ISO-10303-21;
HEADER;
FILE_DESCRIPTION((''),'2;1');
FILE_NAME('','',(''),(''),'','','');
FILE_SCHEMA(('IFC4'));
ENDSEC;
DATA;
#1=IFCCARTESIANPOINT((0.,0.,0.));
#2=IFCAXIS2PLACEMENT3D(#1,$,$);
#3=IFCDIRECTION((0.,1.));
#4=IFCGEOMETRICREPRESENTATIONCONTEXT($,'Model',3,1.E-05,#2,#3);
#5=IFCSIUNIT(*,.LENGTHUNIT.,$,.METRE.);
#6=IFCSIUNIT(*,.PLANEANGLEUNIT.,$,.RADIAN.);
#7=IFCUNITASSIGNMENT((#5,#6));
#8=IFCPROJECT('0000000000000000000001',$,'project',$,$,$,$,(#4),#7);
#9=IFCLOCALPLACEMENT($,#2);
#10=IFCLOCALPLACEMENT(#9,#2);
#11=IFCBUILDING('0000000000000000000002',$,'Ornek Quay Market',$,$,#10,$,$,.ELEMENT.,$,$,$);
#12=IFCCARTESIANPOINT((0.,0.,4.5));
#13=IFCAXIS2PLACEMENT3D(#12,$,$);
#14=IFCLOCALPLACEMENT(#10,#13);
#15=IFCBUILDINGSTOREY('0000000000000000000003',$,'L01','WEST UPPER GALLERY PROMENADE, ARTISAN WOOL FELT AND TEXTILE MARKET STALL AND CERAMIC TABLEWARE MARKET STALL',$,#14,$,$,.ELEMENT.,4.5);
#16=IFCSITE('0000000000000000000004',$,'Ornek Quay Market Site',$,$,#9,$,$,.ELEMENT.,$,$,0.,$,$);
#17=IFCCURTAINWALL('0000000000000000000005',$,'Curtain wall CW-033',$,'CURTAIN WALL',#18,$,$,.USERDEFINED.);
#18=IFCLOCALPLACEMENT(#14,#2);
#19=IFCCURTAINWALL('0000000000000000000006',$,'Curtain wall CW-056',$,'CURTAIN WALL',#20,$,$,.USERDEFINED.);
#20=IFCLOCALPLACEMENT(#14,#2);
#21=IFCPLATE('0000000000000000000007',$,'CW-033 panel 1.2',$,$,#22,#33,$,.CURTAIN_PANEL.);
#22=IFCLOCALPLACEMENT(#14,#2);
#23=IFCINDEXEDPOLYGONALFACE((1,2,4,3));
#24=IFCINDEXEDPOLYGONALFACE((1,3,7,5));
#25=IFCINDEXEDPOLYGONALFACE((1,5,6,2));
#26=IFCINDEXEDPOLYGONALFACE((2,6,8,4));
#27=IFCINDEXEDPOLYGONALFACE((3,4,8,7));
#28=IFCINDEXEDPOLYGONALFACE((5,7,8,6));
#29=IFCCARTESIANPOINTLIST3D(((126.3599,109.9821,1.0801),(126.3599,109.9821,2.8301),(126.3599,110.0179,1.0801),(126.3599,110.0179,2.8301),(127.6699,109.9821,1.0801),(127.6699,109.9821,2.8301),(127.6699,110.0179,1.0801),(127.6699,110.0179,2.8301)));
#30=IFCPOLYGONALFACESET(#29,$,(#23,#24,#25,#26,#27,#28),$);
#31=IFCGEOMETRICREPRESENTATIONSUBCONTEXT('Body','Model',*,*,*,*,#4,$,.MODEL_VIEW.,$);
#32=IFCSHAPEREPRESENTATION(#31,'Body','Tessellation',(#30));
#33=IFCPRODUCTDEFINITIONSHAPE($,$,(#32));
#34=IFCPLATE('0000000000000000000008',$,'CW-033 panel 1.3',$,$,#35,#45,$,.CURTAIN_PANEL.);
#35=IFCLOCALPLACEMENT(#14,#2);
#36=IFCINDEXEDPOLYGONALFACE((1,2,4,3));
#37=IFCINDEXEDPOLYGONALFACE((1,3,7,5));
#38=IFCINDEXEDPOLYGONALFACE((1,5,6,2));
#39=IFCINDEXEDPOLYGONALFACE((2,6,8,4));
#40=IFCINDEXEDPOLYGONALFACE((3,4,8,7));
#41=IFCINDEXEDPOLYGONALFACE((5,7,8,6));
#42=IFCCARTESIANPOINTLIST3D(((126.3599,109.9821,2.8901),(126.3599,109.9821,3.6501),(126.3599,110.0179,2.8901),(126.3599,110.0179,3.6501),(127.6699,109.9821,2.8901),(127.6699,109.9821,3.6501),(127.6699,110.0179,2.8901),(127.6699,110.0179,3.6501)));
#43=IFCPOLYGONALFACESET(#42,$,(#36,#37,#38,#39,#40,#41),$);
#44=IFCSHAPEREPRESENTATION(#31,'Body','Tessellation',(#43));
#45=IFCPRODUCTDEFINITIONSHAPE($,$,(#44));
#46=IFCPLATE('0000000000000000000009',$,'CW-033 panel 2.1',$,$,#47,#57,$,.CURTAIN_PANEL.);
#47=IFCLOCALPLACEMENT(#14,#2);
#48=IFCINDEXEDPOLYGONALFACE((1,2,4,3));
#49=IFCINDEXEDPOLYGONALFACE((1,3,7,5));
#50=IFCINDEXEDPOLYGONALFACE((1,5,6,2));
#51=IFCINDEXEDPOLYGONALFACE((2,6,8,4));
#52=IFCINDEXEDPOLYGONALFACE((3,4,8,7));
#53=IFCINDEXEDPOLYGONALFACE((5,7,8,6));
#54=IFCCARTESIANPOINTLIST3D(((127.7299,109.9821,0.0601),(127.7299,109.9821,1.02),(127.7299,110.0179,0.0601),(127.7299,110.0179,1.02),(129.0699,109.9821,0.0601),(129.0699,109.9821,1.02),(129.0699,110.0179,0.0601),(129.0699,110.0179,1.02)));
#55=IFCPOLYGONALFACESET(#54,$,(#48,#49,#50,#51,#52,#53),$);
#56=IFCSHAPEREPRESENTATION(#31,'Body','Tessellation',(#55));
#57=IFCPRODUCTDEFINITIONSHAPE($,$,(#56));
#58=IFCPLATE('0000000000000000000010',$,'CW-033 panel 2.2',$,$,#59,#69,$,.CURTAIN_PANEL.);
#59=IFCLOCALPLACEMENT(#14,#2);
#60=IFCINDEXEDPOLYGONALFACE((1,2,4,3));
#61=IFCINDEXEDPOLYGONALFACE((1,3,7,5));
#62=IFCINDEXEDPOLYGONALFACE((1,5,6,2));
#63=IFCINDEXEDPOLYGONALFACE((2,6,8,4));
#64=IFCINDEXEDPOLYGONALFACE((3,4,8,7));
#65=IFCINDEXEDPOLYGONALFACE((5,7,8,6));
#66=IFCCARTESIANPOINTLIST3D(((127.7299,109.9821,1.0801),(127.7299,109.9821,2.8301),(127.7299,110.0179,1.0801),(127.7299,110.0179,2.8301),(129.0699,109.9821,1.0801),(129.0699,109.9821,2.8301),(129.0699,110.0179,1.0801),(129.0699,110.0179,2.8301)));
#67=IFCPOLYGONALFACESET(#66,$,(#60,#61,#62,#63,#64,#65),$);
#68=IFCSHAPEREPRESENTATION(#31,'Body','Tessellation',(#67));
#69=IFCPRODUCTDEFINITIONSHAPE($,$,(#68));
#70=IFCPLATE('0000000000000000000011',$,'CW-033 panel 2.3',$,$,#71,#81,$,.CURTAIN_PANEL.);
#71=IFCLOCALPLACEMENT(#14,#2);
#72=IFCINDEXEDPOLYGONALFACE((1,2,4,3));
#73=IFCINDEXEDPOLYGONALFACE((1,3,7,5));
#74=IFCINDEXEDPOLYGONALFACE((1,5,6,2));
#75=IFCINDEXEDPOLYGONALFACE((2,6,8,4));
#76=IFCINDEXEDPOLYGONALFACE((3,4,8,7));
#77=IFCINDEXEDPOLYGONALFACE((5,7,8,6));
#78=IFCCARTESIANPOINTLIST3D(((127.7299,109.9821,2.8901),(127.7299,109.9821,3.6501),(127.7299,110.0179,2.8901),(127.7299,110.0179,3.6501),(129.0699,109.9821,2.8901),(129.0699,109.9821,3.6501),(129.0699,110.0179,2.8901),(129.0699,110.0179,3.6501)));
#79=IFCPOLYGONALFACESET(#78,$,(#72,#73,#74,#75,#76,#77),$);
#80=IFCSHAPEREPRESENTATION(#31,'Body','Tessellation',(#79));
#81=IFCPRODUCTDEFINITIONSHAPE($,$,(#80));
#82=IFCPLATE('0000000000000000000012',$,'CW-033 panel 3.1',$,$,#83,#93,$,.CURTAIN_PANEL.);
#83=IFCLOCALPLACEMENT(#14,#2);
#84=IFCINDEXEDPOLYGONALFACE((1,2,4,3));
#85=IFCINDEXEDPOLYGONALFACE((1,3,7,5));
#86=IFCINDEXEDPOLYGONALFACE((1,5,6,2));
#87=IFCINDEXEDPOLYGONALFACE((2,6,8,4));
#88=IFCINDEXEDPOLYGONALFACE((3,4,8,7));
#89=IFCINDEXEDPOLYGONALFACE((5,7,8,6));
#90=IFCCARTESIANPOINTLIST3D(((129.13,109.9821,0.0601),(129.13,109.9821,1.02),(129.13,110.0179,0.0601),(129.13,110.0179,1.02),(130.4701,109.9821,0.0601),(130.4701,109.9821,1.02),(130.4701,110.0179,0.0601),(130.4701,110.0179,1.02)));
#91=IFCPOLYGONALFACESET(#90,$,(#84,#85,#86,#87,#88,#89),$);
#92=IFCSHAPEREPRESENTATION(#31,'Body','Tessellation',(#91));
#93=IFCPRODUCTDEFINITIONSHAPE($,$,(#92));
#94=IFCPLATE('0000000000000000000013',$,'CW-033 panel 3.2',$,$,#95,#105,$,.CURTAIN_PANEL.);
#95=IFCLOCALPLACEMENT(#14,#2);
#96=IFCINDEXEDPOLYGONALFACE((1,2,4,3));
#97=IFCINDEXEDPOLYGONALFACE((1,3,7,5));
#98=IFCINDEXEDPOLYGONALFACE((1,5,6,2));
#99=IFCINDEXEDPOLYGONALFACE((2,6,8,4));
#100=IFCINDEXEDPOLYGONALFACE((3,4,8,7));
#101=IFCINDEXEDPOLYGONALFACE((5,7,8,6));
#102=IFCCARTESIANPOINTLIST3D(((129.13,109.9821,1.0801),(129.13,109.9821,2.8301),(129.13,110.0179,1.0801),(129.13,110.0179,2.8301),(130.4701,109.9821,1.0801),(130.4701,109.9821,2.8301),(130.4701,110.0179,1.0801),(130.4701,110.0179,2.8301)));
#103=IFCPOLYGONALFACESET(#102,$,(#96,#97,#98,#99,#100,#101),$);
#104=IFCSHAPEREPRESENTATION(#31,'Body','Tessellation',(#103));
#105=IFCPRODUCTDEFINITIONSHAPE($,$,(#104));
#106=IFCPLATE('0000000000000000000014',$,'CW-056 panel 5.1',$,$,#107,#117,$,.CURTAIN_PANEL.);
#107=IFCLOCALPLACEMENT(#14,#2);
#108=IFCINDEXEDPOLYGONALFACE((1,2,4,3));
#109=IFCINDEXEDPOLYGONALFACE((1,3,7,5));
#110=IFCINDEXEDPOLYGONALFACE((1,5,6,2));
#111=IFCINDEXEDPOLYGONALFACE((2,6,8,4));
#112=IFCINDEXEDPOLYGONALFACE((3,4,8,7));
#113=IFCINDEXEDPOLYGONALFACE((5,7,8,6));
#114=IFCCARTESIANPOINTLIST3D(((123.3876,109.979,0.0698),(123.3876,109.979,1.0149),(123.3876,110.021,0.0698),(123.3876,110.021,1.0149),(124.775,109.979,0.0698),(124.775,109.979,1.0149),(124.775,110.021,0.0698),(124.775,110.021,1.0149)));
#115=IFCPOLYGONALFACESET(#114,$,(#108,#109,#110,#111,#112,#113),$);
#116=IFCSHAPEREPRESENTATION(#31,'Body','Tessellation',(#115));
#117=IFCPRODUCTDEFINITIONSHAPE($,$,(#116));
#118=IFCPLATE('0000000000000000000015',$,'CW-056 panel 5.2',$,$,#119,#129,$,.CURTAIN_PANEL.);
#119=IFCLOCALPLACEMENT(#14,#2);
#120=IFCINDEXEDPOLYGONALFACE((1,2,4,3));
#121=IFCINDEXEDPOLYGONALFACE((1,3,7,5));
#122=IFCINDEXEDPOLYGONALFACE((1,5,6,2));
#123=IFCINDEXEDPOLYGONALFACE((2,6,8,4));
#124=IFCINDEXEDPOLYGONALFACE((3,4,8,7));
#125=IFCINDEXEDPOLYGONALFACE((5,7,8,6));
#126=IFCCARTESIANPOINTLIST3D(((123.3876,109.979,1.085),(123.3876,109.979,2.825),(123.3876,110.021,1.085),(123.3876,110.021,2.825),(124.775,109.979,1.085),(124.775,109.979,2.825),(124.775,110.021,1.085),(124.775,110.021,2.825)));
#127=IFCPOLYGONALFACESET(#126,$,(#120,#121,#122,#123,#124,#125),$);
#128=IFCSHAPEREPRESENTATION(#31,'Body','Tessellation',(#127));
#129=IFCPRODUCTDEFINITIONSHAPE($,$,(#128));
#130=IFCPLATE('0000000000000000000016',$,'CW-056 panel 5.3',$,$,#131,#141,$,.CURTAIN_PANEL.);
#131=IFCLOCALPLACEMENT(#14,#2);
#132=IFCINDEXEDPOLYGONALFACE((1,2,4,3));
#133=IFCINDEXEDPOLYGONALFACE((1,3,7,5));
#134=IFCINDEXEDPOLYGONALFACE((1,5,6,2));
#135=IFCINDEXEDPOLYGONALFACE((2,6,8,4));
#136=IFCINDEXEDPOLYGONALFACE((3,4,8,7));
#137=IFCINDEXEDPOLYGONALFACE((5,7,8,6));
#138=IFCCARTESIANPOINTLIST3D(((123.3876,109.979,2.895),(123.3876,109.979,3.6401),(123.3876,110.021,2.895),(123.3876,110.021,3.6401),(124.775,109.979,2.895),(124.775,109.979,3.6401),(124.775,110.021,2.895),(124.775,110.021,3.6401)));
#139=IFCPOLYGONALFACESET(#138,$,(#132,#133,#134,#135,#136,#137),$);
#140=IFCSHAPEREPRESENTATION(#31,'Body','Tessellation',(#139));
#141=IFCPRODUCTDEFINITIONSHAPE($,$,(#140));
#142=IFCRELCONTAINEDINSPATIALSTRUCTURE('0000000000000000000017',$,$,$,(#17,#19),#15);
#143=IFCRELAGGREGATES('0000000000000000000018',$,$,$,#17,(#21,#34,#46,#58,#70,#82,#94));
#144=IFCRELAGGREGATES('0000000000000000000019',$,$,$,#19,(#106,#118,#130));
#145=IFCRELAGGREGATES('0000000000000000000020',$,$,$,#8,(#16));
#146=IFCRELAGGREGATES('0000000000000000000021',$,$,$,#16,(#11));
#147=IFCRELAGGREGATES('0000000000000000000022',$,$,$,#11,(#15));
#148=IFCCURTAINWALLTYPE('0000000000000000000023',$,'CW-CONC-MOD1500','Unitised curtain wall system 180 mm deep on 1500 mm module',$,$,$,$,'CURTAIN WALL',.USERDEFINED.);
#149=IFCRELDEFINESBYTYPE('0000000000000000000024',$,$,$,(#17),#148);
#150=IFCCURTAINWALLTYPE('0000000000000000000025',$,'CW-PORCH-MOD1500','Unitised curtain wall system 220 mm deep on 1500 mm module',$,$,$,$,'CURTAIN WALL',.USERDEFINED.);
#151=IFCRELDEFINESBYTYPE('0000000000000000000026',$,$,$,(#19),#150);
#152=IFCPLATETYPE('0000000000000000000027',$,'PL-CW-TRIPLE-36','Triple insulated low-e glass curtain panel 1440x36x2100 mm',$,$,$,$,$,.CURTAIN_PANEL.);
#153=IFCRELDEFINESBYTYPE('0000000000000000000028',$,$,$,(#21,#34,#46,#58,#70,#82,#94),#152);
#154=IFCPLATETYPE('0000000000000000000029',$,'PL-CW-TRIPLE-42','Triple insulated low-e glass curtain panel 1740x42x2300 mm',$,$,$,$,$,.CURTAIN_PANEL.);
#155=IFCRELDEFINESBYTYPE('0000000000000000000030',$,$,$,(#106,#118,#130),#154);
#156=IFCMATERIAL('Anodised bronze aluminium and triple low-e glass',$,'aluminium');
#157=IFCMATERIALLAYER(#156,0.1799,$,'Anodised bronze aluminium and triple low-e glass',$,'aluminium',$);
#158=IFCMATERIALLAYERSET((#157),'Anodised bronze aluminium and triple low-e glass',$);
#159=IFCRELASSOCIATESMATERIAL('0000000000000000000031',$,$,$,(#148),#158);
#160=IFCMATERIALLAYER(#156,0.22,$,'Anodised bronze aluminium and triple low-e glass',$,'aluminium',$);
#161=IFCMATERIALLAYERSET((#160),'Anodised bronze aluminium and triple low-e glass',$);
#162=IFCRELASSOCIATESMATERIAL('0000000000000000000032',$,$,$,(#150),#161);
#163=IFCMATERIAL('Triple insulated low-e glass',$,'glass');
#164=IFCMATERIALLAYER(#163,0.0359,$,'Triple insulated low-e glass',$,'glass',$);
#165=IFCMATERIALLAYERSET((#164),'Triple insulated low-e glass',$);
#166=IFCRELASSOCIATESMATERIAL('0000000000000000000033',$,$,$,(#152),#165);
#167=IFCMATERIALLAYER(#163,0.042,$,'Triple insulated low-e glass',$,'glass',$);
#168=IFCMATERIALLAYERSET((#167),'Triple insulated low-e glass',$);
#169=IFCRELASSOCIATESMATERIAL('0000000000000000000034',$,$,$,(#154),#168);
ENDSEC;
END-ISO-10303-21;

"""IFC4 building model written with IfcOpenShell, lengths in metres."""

from ifc_helpers import new_model, si_unit, direction, frame, origin, origin_2d, place, context, subcontext, project, spatial, rectangle, extrude, material, layer, layer_set, type_object, element, aggregate, save


model = new_model("IFC4")

# Units and contexts
model_context = context("Model", 3, precision=1e-05, world=origin(), true_north=direction((0.0, 1.0)))
body_context = subcontext(model_context, "Body", "Model", "MODEL_VIEW")
ifc_project = project(units=[si_unit("LENGTHUNIT", "METRE"), si_unit("PLANEANGLEUNIT", "RADIAN")], contexts=[model_context])

# Site, building, storey
site_placement = place(None, origin())
site = spatial("IfcSite", under=ifc_project, at=site_placement, Name="Ornek Quay Market Site", CompositionType="ELEMENT", RefElevation=0.0)
building_placement = place(site_placement, origin())
building = spatial("IfcBuilding", under=site, at=building_placement, Name="Ornek Quay Market", CompositionType="ELEMENT")
storey_placement = place(building_placement, frame((0.0, 0.0, 4.5)))
storey = spatial("IfcBuildingStorey", under=building, at=storey_placement, Name="L01", Description="WEST UPPER GALLERY PROMENADE, ARTISAN WOOL FELT AND TEXTILE MARKET STALL AND CERAMIC TABLEWARE MARKET STALL", CompositionType="ELEMENT", Elevation=4.5)

# Curtain wall
ifc_material_1 = material(Name="Anodised bronze aluminium and triple low-e glass", Category="aluminium")
ifc_layer_1 = layer(ifc_material_1, 0.1799, Name="Anodised bronze aluminium and triple low-e glass", Category="aluminium")
ifc_layer_set_1 = layer_set([ifc_layer_1], Name="Anodised bronze aluminium and triple low-e glass")
curtain_wall_type_1 = type_object("IfcCurtainWallType", Name="CW-CONC-MOD1500", Description="Unitised curtain wall system 180 mm deep on 1500 mm module", ElementType="CURTAIN WALL", PredefinedType="USERDEFINED", material=ifc_layer_set_1)
curtain_wall_1_placement = place(storey_placement, origin())
curtain_wall_1 = element("IfcCurtainWall", 1, at=curtain_wall_1_placement, inside=storey, type_object=curtain_wall_type_1, Name="Curtain wall CW-033", ObjectType="CURTAIN WALL", PredefinedType="USERDEFINED")

# Curtain wall
ifc_layer_2 = layer(ifc_material_1, 0.22, Name="Anodised bronze aluminium and triple low-e glass", Category="aluminium")
ifc_layer_set_2 = layer_set([ifc_layer_2], Name="Anodised bronze aluminium and triple low-e glass")
curtain_wall_type_2 = type_object("IfcCurtainWallType", Name="CW-PORCH-MOD1500", Description="Unitised curtain wall system 220 mm deep on 1500 mm module", ElementType="CURTAIN WALL", PredefinedType="USERDEFINED", material=ifc_layer_set_2)
curtain_wall_2_placement = place(storey_placement, origin())
curtain_wall_2 = element("IfcCurtainWall", 2, at=curtain_wall_2_placement, inside=storey, type_object=curtain_wall_type_2, Name="Curtain wall CW-056", ObjectType="CURTAIN WALL", PredefinedType="USERDEFINED")

# Plates
ifc_material_2 = material(Name="Triple insulated low-e glass", Category="glass")
ifc_layer_3 = layer(ifc_material_2, 0.0359, Name="Triple insulated low-e glass", Category="glass")
ifc_layer_set_3 = layer_set([ifc_layer_3], Name="Triple insulated low-e glass")
plate_type_1 = type_object("IfcPlateType", Name="PL-CW-TRIPLE-36", Description="Triple insulated low-e glass curtain panel 1440x36x2100 mm", PredefinedType="CURTAIN_PANEL", material=ifc_layer_set_3)
plate_1_placement = place(storey_placement, frame((127.0149, 110.0, 1.0801), z_axis=(0.0, 0.0, 1.0), x_axis=(1.0, 0.0, 0.0)))
plate_1 = element("IfcPlate", 3, at=plate_1_placement, type_object=plate_type_1, Name="CW-033 panel 1.2", PredefinedType="CURTAIN_PANEL", context=body_context, shape_type="SweptSolid", body=[
    extrude(rectangle(XDim=1.3101, YDim=0.0359, at=origin_2d()), origin(), (0.0, 0.0, 1.0), 1.75),
])
plate_2_placement = place(storey_placement, frame((127.0149, 110.0, 2.8901), z_axis=(0.0, 0.0, 1.0), x_axis=(1.0, 0.0, 0.0)))
plate_2 = element("IfcPlate", 4, at=plate_2_placement, type_object=plate_type_1, Name="CW-033 panel 1.3", PredefinedType="CURTAIN_PANEL", context=body_context, shape_type="SweptSolid", body=[
    extrude(rectangle(XDim=1.3101, YDim=0.0359, at=origin_2d()), origin(), (0.0, 0.0, 1.0), 0.76),
])
plate_3_placement = place(storey_placement, frame((128.3999, 110.0, 0.0601), z_axis=(0.0, 0.0, 1.0), x_axis=(1.0, 0.0, 0.0)))
plate_3 = element("IfcPlate", 5, at=plate_3_placement, type_object=plate_type_1, Name="CW-033 panel 2.1", PredefinedType="CURTAIN_PANEL", context=body_context, shape_type="SweptSolid", body=[
    extrude(rectangle(XDim=1.3401, YDim=0.0359, at=origin_2d()), origin(), (0.0, 0.0, 1.0), 0.96),
])
plate_4_placement = place(storey_placement, frame((128.3999, 110.0, 1.0801), z_axis=(0.0, 0.0, 1.0), x_axis=(1.0, 0.0, 0.0)))
plate_4 = element("IfcPlate", 6, at=plate_4_placement, type_object=plate_type_1, Name="CW-033 panel 2.2", PredefinedType="CURTAIN_PANEL", context=body_context, shape_type="SweptSolid", body=[
    extrude(rectangle(XDim=1.3401, YDim=0.0359, at=origin_2d()), origin(), (0.0, 0.0, 1.0), 1.75),
])
plate_5_placement = place(storey_placement, frame((128.3999, 110.0, 2.8901), z_axis=(0.0, 0.0, 1.0), x_axis=(1.0, 0.0, 0.0)))
plate_5 = element("IfcPlate", 7, at=plate_5_placement, type_object=plate_type_1, Name="CW-033 panel 2.3", PredefinedType="CURTAIN_PANEL", context=body_context, shape_type="SweptSolid", body=[
    extrude(rectangle(XDim=1.3401, YDim=0.0359, at=origin_2d()), origin(), (0.0, 0.0, 1.0), 0.76),
])
plate_6_placement = place(storey_placement, frame((129.8, 110.0, 0.0601), z_axis=(0.0, 0.0, 1.0), x_axis=(1.0, 0.0, 0.0)))
plate_6 = element("IfcPlate", 8, at=plate_6_placement, type_object=plate_type_1, Name="CW-033 panel 3.1", PredefinedType="CURTAIN_PANEL", context=body_context, shape_type="SweptSolid", body=[
    extrude(rectangle(XDim=1.3401, YDim=0.0359, at=origin_2d()), origin(), (0.0, 0.0, 1.0), 0.96),
])
plate_7_placement = place(storey_placement, frame((129.8, 110.0, 1.0801), z_axis=(0.0, 0.0, 1.0), x_axis=(1.0, 0.0, 0.0)))
plate_7 = element("IfcPlate", 9, at=plate_7_placement, type_object=plate_type_1, Name="CW-033 panel 3.2", PredefinedType="CURTAIN_PANEL", context=body_context, shape_type="SweptSolid", body=[
    extrude(rectangle(XDim=1.3401, YDim=0.0359, at=origin_2d()), origin(), (0.0, 0.0, 1.0), 1.75),
])
aggregate(curtain_wall_1, [plate_1, plate_2, plate_3, plate_4, plate_5, plate_6, plate_7])
ifc_layer_4 = layer(ifc_material_2, 0.042, Name="Triple insulated low-e glass", Category="glass")
ifc_layer_set_4 = layer_set([ifc_layer_4], Name="Triple insulated low-e glass")
plate_type_2 = type_object("IfcPlateType", Name="PL-CW-TRIPLE-42", Description="Triple insulated low-e glass curtain panel 1740x42x2300 mm", PredefinedType="CURTAIN_PANEL", material=ifc_layer_set_4)
plate_8_placement = place(storey_placement, frame((124.0813, 110.0, 0.0698), z_axis=(0.0, 0.0, 1.0), x_axis=(1.0, 0.0, 0.0)))
plate_8 = element("IfcPlate", 10, at=plate_8_placement, type_object=plate_type_2, Name="CW-056 panel 5.1", PredefinedType="CURTAIN_PANEL", context=body_context, shape_type="SweptSolid", body=[
    extrude(rectangle(XDim=1.3875, YDim=0.042, at=origin_2d()), origin(), (0.0, 0.0, 1.0), 0.9451),
])
plate_9_placement = place(storey_placement, frame((124.0813, 110.0, 1.085), z_axis=(0.0, 0.0, 1.0), x_axis=(1.0, 0.0, 0.0)))
plate_9 = element("IfcPlate", 11, at=plate_9_placement, type_object=plate_type_2, Name="CW-056 panel 5.2", PredefinedType="CURTAIN_PANEL", context=body_context, shape_type="SweptSolid", body=[
    extrude(rectangle(XDim=1.3875, YDim=0.042, at=origin_2d()), origin(), (0.0, 0.0, 1.0), 1.74),
])
plate_10_placement = place(storey_placement, frame((124.0813, 110.0, 2.895), z_axis=(0.0, 0.0, 1.0), x_axis=(1.0, 0.0, 0.0)))
plate_10 = element("IfcPlate", 12, at=plate_10_placement, type_object=plate_type_2, Name="CW-056 panel 5.3", PredefinedType="CURTAIN_PANEL", context=body_context, shape_type="SweptSolid", body=[
    extrude(rectangle(XDim=1.3875, YDim=0.042, at=origin_2d()), origin(), (0.0, 0.0, 1.0), 0.7451),
])
aggregate(curtain_wall_2, [plate_8, plate_9, plate_10])

save(model, "model.ifc")
